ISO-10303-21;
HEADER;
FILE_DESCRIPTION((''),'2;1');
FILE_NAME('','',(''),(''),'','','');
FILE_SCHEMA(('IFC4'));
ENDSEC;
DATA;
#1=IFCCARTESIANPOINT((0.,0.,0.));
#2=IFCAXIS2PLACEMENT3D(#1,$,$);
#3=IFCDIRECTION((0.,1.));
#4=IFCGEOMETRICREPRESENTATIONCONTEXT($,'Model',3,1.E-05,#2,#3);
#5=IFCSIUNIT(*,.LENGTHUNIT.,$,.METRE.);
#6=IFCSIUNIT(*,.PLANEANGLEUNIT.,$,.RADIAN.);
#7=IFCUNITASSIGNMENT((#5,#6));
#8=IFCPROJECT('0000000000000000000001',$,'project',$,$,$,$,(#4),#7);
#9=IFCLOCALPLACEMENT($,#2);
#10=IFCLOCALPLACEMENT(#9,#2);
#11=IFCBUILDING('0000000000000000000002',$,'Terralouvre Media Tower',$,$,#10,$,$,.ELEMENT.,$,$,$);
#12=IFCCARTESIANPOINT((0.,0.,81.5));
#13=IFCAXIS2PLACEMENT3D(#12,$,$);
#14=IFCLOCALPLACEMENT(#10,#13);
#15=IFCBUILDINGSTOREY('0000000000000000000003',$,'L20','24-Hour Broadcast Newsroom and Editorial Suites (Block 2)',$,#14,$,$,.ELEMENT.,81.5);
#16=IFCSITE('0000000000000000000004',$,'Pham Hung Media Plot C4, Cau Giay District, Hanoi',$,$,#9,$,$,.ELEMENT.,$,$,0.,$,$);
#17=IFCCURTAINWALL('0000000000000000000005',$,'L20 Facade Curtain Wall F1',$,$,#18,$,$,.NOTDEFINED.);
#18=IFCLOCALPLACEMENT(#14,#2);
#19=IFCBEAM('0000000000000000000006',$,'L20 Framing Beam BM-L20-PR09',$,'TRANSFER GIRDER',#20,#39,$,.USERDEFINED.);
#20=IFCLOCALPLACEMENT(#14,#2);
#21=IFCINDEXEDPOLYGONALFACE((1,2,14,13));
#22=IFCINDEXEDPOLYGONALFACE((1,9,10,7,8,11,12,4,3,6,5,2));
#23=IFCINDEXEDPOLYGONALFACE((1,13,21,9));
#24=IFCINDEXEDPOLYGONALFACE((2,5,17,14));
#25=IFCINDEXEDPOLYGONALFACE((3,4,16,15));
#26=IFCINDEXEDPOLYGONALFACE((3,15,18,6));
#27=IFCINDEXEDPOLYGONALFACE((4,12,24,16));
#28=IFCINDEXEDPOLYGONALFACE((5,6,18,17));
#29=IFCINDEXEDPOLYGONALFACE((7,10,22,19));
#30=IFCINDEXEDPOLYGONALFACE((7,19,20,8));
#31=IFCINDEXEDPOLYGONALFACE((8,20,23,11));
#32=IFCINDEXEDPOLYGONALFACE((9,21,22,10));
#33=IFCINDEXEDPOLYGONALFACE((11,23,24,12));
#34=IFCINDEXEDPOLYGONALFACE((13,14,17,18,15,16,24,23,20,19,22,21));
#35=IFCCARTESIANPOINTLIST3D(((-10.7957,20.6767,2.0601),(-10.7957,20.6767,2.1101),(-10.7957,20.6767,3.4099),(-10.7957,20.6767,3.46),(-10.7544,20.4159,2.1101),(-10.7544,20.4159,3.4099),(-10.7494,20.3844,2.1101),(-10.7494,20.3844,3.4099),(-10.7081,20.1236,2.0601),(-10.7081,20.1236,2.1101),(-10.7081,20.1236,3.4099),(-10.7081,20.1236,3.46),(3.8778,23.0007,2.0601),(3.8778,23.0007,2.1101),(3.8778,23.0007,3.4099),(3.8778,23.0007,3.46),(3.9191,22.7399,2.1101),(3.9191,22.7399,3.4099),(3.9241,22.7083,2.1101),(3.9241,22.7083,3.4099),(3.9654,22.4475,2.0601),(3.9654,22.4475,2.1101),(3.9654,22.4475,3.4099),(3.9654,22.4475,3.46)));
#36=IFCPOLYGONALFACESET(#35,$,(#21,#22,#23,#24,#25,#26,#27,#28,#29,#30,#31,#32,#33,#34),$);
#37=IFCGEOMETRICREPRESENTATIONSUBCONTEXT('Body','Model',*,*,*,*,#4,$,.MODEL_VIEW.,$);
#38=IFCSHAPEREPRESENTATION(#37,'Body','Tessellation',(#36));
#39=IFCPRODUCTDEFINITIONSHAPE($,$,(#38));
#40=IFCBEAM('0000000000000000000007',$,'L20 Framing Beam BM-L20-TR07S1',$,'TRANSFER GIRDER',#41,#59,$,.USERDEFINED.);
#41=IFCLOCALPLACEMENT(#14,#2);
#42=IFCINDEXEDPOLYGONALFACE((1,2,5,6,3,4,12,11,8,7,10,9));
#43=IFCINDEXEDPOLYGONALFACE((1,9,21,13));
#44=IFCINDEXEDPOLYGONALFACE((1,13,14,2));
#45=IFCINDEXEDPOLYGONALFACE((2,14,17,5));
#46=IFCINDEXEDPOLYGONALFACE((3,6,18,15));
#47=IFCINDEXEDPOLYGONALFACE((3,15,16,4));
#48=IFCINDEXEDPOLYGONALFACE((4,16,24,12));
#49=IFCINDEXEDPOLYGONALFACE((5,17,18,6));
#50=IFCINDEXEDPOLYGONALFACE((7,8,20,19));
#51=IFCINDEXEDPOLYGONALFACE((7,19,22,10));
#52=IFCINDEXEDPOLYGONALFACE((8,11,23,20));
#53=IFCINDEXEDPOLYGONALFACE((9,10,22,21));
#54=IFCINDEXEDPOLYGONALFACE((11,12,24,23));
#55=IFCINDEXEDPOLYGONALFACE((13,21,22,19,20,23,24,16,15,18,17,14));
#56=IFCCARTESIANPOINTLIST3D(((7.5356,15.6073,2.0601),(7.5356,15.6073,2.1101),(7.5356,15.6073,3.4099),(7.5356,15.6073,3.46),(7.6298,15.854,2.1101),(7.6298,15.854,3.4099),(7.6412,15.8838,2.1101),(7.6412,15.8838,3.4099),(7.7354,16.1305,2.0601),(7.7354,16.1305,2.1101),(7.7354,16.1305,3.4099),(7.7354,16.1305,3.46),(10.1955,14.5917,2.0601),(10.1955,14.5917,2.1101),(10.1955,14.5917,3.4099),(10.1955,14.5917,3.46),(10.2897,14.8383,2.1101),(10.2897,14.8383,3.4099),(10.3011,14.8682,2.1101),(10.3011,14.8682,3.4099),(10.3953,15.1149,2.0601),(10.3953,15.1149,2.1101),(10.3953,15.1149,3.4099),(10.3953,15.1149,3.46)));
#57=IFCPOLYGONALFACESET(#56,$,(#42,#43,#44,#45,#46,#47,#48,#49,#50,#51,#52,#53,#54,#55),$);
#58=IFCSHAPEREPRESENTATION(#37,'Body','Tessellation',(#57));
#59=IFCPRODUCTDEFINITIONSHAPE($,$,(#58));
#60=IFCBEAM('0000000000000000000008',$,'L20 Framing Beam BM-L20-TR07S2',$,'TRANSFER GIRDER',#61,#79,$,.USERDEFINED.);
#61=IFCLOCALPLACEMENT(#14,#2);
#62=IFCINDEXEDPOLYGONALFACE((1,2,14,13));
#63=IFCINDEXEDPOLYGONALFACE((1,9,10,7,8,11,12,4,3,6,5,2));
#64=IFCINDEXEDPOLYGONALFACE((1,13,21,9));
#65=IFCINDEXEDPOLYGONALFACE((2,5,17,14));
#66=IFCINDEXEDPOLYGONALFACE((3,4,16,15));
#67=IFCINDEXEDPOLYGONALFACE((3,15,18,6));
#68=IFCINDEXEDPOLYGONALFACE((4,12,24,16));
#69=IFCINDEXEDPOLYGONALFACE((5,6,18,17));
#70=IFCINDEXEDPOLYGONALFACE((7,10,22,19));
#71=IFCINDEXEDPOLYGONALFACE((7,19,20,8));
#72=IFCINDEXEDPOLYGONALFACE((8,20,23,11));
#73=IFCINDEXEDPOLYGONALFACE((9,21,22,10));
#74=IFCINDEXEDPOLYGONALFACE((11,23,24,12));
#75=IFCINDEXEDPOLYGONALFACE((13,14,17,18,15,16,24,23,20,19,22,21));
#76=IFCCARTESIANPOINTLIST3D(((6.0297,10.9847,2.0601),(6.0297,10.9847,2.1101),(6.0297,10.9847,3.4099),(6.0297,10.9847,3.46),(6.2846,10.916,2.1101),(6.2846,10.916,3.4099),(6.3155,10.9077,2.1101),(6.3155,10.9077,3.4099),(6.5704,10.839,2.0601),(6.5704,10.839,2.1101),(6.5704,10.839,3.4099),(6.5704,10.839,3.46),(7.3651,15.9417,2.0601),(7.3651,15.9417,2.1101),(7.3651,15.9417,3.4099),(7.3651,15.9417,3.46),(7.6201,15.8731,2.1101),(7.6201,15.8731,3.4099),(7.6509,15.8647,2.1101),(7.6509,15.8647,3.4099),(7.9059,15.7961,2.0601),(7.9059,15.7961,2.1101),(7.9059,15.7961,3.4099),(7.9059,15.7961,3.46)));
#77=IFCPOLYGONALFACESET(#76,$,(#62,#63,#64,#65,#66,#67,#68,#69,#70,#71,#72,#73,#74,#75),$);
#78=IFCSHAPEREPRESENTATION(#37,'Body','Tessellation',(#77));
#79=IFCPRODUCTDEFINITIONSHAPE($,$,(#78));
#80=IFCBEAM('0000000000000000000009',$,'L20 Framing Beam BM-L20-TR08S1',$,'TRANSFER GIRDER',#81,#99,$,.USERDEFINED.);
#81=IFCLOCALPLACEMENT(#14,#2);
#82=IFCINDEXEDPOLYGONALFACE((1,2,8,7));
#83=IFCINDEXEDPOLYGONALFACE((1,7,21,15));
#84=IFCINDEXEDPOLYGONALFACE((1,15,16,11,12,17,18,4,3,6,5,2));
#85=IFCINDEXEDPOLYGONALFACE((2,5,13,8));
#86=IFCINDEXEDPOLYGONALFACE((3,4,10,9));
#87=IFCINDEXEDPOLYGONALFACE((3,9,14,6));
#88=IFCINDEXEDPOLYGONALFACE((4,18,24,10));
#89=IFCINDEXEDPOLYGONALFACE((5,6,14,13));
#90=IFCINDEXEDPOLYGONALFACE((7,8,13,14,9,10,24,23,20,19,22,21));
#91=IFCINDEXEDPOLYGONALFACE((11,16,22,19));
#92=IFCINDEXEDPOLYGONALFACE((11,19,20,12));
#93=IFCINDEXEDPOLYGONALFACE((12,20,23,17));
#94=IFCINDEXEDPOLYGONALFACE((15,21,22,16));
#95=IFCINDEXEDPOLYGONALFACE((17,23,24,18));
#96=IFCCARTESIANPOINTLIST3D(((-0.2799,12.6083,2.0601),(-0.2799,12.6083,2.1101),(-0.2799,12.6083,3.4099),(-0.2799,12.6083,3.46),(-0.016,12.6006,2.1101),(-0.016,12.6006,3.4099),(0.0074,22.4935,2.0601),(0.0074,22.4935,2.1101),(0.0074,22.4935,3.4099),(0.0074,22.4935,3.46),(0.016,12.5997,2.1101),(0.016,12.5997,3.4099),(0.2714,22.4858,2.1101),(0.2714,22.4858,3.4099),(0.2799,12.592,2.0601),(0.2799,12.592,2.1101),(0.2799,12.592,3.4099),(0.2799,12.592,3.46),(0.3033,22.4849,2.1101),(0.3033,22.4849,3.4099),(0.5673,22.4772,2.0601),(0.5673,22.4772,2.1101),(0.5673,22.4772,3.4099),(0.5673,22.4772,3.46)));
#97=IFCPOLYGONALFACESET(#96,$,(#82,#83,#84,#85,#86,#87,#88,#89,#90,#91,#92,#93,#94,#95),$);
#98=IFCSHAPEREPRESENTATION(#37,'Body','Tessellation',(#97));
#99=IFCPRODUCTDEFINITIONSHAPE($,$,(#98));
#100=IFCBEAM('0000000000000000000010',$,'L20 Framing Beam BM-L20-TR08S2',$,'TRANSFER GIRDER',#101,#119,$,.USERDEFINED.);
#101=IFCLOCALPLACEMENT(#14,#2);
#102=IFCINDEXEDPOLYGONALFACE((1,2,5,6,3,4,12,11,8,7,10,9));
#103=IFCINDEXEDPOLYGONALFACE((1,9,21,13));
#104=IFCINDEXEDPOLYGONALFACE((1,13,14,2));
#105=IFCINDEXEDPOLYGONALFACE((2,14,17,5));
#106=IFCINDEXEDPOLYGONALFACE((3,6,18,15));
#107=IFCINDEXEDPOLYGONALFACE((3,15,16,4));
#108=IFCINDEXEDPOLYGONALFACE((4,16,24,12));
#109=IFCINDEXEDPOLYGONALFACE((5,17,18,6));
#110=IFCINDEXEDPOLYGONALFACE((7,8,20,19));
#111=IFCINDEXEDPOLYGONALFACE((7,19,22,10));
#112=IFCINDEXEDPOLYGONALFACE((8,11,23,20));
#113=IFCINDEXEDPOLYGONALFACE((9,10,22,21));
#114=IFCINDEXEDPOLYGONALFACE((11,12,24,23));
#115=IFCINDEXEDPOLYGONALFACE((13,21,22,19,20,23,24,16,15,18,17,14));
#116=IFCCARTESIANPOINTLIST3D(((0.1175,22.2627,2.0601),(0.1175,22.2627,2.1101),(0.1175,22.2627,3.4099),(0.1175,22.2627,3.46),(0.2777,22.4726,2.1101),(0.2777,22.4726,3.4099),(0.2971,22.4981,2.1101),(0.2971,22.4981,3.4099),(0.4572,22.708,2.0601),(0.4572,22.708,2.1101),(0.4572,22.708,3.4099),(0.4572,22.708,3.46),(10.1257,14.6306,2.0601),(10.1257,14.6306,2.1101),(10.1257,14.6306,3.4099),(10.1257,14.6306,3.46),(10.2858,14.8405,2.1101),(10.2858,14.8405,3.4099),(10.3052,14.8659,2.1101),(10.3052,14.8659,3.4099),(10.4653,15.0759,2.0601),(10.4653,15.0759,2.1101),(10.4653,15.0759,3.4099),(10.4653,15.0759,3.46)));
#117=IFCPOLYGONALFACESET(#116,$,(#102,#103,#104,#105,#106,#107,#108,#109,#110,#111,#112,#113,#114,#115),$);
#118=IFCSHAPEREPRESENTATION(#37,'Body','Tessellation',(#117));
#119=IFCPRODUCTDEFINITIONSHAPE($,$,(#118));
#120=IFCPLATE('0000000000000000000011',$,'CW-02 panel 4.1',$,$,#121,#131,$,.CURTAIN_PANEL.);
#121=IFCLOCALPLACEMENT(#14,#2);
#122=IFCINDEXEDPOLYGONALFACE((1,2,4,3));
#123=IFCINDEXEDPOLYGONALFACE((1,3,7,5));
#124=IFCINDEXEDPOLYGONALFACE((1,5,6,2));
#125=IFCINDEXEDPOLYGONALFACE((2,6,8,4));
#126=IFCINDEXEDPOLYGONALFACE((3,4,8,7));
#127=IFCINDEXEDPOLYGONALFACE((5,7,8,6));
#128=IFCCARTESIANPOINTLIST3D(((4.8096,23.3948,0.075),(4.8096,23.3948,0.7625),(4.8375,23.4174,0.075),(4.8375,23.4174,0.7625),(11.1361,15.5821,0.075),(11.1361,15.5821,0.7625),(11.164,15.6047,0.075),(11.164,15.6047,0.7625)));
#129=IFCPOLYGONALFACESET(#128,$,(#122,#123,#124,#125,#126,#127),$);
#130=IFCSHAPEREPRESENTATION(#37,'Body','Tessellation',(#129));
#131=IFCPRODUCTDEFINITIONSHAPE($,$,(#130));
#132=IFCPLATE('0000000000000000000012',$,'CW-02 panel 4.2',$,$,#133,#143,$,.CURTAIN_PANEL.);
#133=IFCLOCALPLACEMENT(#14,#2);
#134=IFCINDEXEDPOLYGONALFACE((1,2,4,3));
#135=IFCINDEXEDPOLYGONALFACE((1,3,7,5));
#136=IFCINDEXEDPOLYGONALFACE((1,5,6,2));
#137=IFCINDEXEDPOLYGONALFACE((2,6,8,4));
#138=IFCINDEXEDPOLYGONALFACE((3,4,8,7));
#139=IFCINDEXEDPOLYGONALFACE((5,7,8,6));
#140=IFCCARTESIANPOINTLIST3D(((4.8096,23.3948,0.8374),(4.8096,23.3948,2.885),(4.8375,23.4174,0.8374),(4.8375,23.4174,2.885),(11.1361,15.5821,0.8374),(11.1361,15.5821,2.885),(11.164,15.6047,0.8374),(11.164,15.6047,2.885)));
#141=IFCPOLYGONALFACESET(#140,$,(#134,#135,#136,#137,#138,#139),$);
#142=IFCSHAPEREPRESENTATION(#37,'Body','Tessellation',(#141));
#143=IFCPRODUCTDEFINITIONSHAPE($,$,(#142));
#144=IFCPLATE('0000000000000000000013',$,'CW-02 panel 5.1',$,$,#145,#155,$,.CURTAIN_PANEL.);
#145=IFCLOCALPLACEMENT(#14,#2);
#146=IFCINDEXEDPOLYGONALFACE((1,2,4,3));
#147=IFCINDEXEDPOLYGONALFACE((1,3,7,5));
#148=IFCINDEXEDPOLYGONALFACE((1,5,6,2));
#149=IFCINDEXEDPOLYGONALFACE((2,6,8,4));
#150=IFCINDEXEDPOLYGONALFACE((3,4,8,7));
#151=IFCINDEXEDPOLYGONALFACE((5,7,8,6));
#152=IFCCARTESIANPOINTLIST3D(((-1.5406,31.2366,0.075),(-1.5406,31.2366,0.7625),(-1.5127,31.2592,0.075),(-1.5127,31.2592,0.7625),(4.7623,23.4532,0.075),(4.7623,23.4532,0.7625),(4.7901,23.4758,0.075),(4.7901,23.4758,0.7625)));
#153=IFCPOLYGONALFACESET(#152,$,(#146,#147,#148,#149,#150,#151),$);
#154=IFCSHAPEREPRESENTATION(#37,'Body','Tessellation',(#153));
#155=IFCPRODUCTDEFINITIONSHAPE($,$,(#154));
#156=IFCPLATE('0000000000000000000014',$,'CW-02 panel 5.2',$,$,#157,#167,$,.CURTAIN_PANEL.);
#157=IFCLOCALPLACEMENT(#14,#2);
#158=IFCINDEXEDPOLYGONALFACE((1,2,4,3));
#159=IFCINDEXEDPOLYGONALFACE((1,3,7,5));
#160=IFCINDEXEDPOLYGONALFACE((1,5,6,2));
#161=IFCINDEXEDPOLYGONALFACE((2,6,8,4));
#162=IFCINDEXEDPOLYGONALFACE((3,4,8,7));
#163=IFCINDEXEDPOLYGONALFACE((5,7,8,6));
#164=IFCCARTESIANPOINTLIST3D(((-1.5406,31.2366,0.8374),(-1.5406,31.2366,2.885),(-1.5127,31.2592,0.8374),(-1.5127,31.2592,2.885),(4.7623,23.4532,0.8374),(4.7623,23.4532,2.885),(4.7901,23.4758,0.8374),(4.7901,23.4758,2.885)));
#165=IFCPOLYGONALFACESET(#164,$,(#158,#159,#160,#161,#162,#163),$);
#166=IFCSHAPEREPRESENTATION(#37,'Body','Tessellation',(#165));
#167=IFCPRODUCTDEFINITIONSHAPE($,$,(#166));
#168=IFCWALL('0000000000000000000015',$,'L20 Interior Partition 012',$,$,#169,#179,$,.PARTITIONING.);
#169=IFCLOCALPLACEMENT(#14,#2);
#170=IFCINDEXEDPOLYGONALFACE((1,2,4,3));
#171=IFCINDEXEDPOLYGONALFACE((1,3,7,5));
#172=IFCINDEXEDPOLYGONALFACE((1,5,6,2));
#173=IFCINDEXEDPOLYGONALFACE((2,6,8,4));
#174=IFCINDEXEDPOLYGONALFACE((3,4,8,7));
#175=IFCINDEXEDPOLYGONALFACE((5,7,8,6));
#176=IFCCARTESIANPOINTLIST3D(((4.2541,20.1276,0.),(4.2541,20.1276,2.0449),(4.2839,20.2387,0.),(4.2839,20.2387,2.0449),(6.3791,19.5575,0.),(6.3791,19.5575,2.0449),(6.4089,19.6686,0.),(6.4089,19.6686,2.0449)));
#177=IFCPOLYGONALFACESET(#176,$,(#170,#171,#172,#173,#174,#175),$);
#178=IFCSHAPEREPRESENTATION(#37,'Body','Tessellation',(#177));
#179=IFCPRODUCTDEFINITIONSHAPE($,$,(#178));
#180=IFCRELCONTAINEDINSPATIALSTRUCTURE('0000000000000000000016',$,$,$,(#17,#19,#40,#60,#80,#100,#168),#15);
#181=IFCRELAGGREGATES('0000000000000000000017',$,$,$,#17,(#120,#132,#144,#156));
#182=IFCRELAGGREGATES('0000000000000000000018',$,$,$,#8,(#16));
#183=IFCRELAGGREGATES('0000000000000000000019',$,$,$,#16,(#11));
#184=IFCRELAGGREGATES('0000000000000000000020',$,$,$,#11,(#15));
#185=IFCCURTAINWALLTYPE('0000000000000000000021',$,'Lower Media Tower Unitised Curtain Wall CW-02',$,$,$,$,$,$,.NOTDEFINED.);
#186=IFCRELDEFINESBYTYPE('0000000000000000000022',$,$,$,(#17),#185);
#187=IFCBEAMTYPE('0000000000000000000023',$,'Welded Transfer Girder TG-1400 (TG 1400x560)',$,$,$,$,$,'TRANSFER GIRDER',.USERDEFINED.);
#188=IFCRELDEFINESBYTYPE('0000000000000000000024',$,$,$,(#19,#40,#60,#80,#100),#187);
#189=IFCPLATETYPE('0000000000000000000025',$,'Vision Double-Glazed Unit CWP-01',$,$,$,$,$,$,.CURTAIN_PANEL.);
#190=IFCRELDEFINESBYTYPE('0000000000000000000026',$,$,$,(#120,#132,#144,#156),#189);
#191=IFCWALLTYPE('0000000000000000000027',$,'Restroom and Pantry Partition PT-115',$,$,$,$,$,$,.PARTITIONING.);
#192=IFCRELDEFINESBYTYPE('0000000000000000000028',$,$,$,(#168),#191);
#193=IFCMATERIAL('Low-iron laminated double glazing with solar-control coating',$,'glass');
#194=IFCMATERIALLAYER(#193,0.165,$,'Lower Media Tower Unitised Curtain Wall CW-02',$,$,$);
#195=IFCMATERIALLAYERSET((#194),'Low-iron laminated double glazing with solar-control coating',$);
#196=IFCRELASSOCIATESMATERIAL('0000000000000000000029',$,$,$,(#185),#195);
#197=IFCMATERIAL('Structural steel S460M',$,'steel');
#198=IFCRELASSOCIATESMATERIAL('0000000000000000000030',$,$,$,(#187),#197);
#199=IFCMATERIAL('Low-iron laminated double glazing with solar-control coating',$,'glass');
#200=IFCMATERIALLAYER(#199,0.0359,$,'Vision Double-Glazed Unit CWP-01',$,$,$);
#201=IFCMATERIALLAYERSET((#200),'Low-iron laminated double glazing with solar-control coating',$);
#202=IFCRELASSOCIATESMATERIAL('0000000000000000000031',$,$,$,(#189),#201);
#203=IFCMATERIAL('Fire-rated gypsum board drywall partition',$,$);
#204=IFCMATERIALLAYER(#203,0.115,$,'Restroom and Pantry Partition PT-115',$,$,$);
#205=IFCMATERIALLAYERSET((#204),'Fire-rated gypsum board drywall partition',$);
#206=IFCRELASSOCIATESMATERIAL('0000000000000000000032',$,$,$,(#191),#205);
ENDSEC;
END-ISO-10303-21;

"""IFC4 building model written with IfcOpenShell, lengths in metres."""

from ifc_helpers import new_model, si_unit, direction, frame, frame_2d, origin, origin_2d, place, context, subcontext, project, spatial, rectangle, i_section, extrude, material, layer, layer_set, material_profile, profile_set, type_object, element, aggregate, save


model = new_model("IFC4")

# Units and contexts
model_context = context("Model", 3, precision=1e-05, world=origin(), true_north=direction((0.0, 1.0)))
body_context = subcontext(model_context, "Body", "Model", "MODEL_VIEW")
ifc_project = project(units=[si_unit("LENGTHUNIT", "METRE"), si_unit("PLANEANGLEUNIT", "RADIAN")], contexts=[model_context])

# Site, building, storey
site_placement = place(None, origin())
site = spatial("IfcSite", under=ifc_project, at=site_placement, Name="Pham Hung Media Plot C4, Cau Giay District, Hanoi", CompositionType="ELEMENT", RefElevation=0.0)
building_placement = place(site_placement, origin())
building = spatial("IfcBuilding", under=site, at=building_placement, Name="Terralouvre Media Tower", CompositionType="ELEMENT")
storey_placement = place(building_placement, frame((0.0, 0.0, 81.5)))
storey = spatial("IfcBuildingStorey", under=building, at=storey_placement, Name="L20", Description="24-Hour Broadcast Newsroom and Editorial Suites (Block 2)", CompositionType="ELEMENT", Elevation=81.5)

# Curtain wall
ifc_material_1 = material(Name="Low-iron laminated double glazing with solar-control coating", Category="glass")
ifc_layer_1 = layer(ifc_material_1, 0.165, Name="Lower Media Tower Unitised Curtain Wall CW-02")
ifc_layer_set_1 = layer_set([ifc_layer_1], Name="Low-iron laminated double glazing with solar-control coating")
curtain_wall_type = type_object("IfcCurtainWallType", Name="Lower Media Tower Unitised Curtain Wall CW-02", PredefinedType="NOTDEFINED", material=ifc_layer_set_1)
curtain_wall_placement = place(storey_placement, origin())
curtain_wall = element("IfcCurtainWall", 1, at=curtain_wall_placement, inside=storey, type_object=curtain_wall_type, Name="L20 Facade Curtain Wall F1", PredefinedType="NOTDEFINED")

# Beams
ifc_material_2 = material(Name="Structural steel S460M", Category="steel")
ifc_material_profile_1 = material_profile(ifc_material_2, i_section(OverallWidth=0.5601, OverallDepth=1.3999, WebThickness=0.032, FlangeThickness=0.05, at=origin_2d()), Name="TG 1400x560")
ifc_profile_set_1 = profile_set([ifc_material_profile_1], Name="Structural steel S460M")
beam_type_1 = type_object("IfcBeamType", Name="Welded Transfer Girder TG-1400 (TG 1400x560)", ElementType="TRANSFER GIRDER", PredefinedType="USERDEFINED", material=ifc_profile_set_1)
beam_1_placement = place(storey_placement, frame((3.9216, 22.7241, 2.76), z_axis=(-0.987689, -0.156428, 0.0), x_axis=(0.156428, -0.987689, 0.0)))
element("IfcBeam", 2, at=beam_1_placement, inside=storey, type_object=beam_type_1, Name="L20 Framing Beam BM-L20-PR09", ObjectType="TRANSFER GIRDER", PredefinedType="USERDEFINED", context=body_context, shape_type="SweptSolid", body=[
    extrude(i_section(OverallWidth=0.5601, OverallDepth=1.3999, WebThickness=0.032, FlangeThickness=0.05, at=origin_2d()), origin(), (0.0, 0.0, 1.0), 14.8564),
])
beam_2_placement = place(storey_placement, frame((7.6355, 15.8689, 2.76), z_axis=(0.934216, -0.356708, 0.0), x_axis=(0.356708, 0.934216, 0.0)))
element("IfcBeam", 3, at=beam_2_placement, inside=storey, type_object=beam_type_1, Name="L20 Framing Beam BM-L20-TR07S1", ObjectType="TRANSFER GIRDER", PredefinedType="USERDEFINED", context=body_context, shape_type="SweptSolid", body=[
    extrude(i_section(OverallWidth=0.5601, OverallDepth=1.3999, WebThickness=0.032, FlangeThickness=0.05, at=origin_2d()), origin(), (0.0, 0.0, 1.0), 2.8472),
])
beam_3_placement = place(storey_placement, frame((7.6355, 15.8689, 2.76), z_axis=(-0.26013, -0.965574, 0.0), x_axis=(0.965574, -0.26013, 0.0)))
element("IfcBeam", 4, at=beam_3_placement, inside=storey, type_object=beam_type_1, Name="L20 Framing Beam BM-L20-TR07S2", ObjectType="TRANSFER GIRDER", PredefinedType="USERDEFINED", context=body_context, shape_type="SweptSolid", body=[
    extrude(i_section(OverallWidth=0.5601, OverallDepth=1.3999, WebThickness=0.032, FlangeThickness=0.05, at=origin_2d()), origin(), (0.0, 0.0, 1.0), 5.1338),
])
beam_4_placement = place(storey_placement, frame((0.2874, 22.4854, 2.76), z_axis=(-0.029057, -0.999578, 0.0), x_axis=(0.999578, -0.029057, 0.0)))
element("IfcBeam", 5, at=beam_4_placement, inside=storey, type_object=beam_type_1, Name="L20 Framing Beam BM-L20-TR08S1", ObjectType="TRANSFER GIRDER", PredefinedType="USERDEFINED", context=body_context, shape_type="SweptSolid", body=[
    extrude(i_section(OverallWidth=0.5601, OverallDepth=1.3999, WebThickness=0.032, FlangeThickness=0.05, at=origin_2d()), origin(), (0.0, 0.0, 1.0), 9.8894),
])
beam_5_placement = place(storey_placement, frame((0.2874, 22.4854, 2.76), z_axis=(0.795168, -0.60639, 0.0), x_axis=(0.60639, 0.795168, 0.0)))
element("IfcBeam", 6, at=beam_5_placement, inside=storey, type_object=beam_type_1, Name="L20 Framing Beam BM-L20-TR08S2", ObjectType="TRANSFER GIRDER", PredefinedType="USERDEFINED", context=body_context, shape_type="SweptSolid", body=[
    extrude(i_section(OverallWidth=0.5601, OverallDepth=1.3999, WebThickness=0.032, FlangeThickness=0.05, at=origin_2d()), origin(), (0.0, 0.0, 1.0), 12.5862),
])

# Plates
ifc_material_3 = material(Name="Low-iron laminated double glazing with solar-control coating", Category="glass")
ifc_layer_2 = layer(ifc_material_3, 0.0359, Name="Vision Double-Glazed Unit CWP-01")
ifc_layer_set_2 = layer_set([ifc_layer_2], Name="Low-iron laminated double glazing with solar-control coating")
plate_type = type_object("IfcPlateType", Name="Vision Double-Glazed Unit CWP-01", PredefinedType="CURTAIN_PANEL", material=ifc_layer_set_2)
plate_1_placement = place(storey_placement, frame((7.9868, 19.4998, 0.075), z_axis=(0.0, 0.0, 1.0), x_axis=(-0.62932, 0.777146, 0.0)))
plate_1 = element("IfcPlate", 7, at=plate_1_placement, type_object=plate_type, Name="CW-02 panel 4.1", PredefinedType="CURTAIN_PANEL", context=body_context, shape_type="SweptSolid", body=[
    extrude(rectangle(XDim=10.053, YDim=0.0359, at=origin_2d()), origin(), (0.0, 0.0, 1.0), 0.6875),
])
plate_2_placement = place(storey_placement, frame((7.9868, 19.4998, 0.8374), z_axis=(0.0, 0.0, 1.0), x_axis=(-0.62932, 0.777146, 0.0)))
plate_2 = element("IfcPlate", 8, at=plate_2_placement, type_object=plate_type, Name="CW-02 panel 4.2", PredefinedType="CURTAIN_PANEL", context=body_context, shape_type="SweptSolid", body=[
    extrude(rectangle(XDim=10.053, YDim=0.0359, at=origin_2d()), origin(), (0.0, 0.0, 1.0), 2.0476),
])
plate_3_placement = place(storey_placement, frame((1.6248, 27.3562, 0.075), z_axis=(0.0, 0.0, 1.0), x_axis=(-0.62932, 0.777146, 0.0)))
plate_3 = element("IfcPlate", 9, at=plate_3_placement, type_object=plate_type, Name="CW-02 panel 5.1", PredefinedType="CURTAIN_PANEL", context=body_context, shape_type="SweptSolid", body=[
    extrude(rectangle(XDim=10.0154, YDim=0.0359, at=origin_2d()), origin(), (0.0, 0.0, 1.0), 0.6875),
])
plate_4_placement = place(storey_placement, frame((1.6248, 27.3562, 0.8374), z_axis=(0.0, 0.0, 1.0), x_axis=(-0.62932, 0.777146, 0.0)))
plate_4 = element("IfcPlate", 10, at=plate_4_placement, type_object=plate_type, Name="CW-02 panel 5.2", PredefinedType="CURTAIN_PANEL", context=body_context, shape_type="SweptSolid", body=[
    extrude(rectangle(XDim=10.0154, YDim=0.0359, at=origin_2d()), origin(), (0.0, 0.0, 1.0), 2.0476),
])
aggregate(curtain_wall, [plate_1, plate_2, plate_3, plate_4])

# Wall
ifc_material_4 = material(Name="Fire-rated gypsum board drywall partition")
ifc_layer_3 = layer(ifc_material_4, 0.115, Name="Restroom and Pantry Partition PT-115")
ifc_layer_set_3 = layer_set([ifc_layer_3], Name="Fire-rated gypsum board drywall partition")
wall_type = type_object("IfcWallType", Name="Restroom and Pantry Partition PT-115", PredefinedType="PARTITIONING", material=ifc_layer_set_3)
wall_1_placement = place(storey_placement, frame((6.394, 19.613, 0.0), z_axis=(0.0, 0.0, 1.0), x_axis=(-0.965849, 0.259106, 0.0)))
element("IfcWall", 11, at=wall_1_placement, inside=storey, type_object=wall_type, Name="L20 Interior Partition 012", PredefinedType="PARTITIONING", context=body_context, shape_type="SweptSolid", body=[
    extrude(rectangle(XDim=2.2002, YDim=0.115, at=frame_2d((1.1001, 0.0))), origin(), (0.0, 0.0, 1.0), 2.0449),
])

save(model, "model.ifc")
